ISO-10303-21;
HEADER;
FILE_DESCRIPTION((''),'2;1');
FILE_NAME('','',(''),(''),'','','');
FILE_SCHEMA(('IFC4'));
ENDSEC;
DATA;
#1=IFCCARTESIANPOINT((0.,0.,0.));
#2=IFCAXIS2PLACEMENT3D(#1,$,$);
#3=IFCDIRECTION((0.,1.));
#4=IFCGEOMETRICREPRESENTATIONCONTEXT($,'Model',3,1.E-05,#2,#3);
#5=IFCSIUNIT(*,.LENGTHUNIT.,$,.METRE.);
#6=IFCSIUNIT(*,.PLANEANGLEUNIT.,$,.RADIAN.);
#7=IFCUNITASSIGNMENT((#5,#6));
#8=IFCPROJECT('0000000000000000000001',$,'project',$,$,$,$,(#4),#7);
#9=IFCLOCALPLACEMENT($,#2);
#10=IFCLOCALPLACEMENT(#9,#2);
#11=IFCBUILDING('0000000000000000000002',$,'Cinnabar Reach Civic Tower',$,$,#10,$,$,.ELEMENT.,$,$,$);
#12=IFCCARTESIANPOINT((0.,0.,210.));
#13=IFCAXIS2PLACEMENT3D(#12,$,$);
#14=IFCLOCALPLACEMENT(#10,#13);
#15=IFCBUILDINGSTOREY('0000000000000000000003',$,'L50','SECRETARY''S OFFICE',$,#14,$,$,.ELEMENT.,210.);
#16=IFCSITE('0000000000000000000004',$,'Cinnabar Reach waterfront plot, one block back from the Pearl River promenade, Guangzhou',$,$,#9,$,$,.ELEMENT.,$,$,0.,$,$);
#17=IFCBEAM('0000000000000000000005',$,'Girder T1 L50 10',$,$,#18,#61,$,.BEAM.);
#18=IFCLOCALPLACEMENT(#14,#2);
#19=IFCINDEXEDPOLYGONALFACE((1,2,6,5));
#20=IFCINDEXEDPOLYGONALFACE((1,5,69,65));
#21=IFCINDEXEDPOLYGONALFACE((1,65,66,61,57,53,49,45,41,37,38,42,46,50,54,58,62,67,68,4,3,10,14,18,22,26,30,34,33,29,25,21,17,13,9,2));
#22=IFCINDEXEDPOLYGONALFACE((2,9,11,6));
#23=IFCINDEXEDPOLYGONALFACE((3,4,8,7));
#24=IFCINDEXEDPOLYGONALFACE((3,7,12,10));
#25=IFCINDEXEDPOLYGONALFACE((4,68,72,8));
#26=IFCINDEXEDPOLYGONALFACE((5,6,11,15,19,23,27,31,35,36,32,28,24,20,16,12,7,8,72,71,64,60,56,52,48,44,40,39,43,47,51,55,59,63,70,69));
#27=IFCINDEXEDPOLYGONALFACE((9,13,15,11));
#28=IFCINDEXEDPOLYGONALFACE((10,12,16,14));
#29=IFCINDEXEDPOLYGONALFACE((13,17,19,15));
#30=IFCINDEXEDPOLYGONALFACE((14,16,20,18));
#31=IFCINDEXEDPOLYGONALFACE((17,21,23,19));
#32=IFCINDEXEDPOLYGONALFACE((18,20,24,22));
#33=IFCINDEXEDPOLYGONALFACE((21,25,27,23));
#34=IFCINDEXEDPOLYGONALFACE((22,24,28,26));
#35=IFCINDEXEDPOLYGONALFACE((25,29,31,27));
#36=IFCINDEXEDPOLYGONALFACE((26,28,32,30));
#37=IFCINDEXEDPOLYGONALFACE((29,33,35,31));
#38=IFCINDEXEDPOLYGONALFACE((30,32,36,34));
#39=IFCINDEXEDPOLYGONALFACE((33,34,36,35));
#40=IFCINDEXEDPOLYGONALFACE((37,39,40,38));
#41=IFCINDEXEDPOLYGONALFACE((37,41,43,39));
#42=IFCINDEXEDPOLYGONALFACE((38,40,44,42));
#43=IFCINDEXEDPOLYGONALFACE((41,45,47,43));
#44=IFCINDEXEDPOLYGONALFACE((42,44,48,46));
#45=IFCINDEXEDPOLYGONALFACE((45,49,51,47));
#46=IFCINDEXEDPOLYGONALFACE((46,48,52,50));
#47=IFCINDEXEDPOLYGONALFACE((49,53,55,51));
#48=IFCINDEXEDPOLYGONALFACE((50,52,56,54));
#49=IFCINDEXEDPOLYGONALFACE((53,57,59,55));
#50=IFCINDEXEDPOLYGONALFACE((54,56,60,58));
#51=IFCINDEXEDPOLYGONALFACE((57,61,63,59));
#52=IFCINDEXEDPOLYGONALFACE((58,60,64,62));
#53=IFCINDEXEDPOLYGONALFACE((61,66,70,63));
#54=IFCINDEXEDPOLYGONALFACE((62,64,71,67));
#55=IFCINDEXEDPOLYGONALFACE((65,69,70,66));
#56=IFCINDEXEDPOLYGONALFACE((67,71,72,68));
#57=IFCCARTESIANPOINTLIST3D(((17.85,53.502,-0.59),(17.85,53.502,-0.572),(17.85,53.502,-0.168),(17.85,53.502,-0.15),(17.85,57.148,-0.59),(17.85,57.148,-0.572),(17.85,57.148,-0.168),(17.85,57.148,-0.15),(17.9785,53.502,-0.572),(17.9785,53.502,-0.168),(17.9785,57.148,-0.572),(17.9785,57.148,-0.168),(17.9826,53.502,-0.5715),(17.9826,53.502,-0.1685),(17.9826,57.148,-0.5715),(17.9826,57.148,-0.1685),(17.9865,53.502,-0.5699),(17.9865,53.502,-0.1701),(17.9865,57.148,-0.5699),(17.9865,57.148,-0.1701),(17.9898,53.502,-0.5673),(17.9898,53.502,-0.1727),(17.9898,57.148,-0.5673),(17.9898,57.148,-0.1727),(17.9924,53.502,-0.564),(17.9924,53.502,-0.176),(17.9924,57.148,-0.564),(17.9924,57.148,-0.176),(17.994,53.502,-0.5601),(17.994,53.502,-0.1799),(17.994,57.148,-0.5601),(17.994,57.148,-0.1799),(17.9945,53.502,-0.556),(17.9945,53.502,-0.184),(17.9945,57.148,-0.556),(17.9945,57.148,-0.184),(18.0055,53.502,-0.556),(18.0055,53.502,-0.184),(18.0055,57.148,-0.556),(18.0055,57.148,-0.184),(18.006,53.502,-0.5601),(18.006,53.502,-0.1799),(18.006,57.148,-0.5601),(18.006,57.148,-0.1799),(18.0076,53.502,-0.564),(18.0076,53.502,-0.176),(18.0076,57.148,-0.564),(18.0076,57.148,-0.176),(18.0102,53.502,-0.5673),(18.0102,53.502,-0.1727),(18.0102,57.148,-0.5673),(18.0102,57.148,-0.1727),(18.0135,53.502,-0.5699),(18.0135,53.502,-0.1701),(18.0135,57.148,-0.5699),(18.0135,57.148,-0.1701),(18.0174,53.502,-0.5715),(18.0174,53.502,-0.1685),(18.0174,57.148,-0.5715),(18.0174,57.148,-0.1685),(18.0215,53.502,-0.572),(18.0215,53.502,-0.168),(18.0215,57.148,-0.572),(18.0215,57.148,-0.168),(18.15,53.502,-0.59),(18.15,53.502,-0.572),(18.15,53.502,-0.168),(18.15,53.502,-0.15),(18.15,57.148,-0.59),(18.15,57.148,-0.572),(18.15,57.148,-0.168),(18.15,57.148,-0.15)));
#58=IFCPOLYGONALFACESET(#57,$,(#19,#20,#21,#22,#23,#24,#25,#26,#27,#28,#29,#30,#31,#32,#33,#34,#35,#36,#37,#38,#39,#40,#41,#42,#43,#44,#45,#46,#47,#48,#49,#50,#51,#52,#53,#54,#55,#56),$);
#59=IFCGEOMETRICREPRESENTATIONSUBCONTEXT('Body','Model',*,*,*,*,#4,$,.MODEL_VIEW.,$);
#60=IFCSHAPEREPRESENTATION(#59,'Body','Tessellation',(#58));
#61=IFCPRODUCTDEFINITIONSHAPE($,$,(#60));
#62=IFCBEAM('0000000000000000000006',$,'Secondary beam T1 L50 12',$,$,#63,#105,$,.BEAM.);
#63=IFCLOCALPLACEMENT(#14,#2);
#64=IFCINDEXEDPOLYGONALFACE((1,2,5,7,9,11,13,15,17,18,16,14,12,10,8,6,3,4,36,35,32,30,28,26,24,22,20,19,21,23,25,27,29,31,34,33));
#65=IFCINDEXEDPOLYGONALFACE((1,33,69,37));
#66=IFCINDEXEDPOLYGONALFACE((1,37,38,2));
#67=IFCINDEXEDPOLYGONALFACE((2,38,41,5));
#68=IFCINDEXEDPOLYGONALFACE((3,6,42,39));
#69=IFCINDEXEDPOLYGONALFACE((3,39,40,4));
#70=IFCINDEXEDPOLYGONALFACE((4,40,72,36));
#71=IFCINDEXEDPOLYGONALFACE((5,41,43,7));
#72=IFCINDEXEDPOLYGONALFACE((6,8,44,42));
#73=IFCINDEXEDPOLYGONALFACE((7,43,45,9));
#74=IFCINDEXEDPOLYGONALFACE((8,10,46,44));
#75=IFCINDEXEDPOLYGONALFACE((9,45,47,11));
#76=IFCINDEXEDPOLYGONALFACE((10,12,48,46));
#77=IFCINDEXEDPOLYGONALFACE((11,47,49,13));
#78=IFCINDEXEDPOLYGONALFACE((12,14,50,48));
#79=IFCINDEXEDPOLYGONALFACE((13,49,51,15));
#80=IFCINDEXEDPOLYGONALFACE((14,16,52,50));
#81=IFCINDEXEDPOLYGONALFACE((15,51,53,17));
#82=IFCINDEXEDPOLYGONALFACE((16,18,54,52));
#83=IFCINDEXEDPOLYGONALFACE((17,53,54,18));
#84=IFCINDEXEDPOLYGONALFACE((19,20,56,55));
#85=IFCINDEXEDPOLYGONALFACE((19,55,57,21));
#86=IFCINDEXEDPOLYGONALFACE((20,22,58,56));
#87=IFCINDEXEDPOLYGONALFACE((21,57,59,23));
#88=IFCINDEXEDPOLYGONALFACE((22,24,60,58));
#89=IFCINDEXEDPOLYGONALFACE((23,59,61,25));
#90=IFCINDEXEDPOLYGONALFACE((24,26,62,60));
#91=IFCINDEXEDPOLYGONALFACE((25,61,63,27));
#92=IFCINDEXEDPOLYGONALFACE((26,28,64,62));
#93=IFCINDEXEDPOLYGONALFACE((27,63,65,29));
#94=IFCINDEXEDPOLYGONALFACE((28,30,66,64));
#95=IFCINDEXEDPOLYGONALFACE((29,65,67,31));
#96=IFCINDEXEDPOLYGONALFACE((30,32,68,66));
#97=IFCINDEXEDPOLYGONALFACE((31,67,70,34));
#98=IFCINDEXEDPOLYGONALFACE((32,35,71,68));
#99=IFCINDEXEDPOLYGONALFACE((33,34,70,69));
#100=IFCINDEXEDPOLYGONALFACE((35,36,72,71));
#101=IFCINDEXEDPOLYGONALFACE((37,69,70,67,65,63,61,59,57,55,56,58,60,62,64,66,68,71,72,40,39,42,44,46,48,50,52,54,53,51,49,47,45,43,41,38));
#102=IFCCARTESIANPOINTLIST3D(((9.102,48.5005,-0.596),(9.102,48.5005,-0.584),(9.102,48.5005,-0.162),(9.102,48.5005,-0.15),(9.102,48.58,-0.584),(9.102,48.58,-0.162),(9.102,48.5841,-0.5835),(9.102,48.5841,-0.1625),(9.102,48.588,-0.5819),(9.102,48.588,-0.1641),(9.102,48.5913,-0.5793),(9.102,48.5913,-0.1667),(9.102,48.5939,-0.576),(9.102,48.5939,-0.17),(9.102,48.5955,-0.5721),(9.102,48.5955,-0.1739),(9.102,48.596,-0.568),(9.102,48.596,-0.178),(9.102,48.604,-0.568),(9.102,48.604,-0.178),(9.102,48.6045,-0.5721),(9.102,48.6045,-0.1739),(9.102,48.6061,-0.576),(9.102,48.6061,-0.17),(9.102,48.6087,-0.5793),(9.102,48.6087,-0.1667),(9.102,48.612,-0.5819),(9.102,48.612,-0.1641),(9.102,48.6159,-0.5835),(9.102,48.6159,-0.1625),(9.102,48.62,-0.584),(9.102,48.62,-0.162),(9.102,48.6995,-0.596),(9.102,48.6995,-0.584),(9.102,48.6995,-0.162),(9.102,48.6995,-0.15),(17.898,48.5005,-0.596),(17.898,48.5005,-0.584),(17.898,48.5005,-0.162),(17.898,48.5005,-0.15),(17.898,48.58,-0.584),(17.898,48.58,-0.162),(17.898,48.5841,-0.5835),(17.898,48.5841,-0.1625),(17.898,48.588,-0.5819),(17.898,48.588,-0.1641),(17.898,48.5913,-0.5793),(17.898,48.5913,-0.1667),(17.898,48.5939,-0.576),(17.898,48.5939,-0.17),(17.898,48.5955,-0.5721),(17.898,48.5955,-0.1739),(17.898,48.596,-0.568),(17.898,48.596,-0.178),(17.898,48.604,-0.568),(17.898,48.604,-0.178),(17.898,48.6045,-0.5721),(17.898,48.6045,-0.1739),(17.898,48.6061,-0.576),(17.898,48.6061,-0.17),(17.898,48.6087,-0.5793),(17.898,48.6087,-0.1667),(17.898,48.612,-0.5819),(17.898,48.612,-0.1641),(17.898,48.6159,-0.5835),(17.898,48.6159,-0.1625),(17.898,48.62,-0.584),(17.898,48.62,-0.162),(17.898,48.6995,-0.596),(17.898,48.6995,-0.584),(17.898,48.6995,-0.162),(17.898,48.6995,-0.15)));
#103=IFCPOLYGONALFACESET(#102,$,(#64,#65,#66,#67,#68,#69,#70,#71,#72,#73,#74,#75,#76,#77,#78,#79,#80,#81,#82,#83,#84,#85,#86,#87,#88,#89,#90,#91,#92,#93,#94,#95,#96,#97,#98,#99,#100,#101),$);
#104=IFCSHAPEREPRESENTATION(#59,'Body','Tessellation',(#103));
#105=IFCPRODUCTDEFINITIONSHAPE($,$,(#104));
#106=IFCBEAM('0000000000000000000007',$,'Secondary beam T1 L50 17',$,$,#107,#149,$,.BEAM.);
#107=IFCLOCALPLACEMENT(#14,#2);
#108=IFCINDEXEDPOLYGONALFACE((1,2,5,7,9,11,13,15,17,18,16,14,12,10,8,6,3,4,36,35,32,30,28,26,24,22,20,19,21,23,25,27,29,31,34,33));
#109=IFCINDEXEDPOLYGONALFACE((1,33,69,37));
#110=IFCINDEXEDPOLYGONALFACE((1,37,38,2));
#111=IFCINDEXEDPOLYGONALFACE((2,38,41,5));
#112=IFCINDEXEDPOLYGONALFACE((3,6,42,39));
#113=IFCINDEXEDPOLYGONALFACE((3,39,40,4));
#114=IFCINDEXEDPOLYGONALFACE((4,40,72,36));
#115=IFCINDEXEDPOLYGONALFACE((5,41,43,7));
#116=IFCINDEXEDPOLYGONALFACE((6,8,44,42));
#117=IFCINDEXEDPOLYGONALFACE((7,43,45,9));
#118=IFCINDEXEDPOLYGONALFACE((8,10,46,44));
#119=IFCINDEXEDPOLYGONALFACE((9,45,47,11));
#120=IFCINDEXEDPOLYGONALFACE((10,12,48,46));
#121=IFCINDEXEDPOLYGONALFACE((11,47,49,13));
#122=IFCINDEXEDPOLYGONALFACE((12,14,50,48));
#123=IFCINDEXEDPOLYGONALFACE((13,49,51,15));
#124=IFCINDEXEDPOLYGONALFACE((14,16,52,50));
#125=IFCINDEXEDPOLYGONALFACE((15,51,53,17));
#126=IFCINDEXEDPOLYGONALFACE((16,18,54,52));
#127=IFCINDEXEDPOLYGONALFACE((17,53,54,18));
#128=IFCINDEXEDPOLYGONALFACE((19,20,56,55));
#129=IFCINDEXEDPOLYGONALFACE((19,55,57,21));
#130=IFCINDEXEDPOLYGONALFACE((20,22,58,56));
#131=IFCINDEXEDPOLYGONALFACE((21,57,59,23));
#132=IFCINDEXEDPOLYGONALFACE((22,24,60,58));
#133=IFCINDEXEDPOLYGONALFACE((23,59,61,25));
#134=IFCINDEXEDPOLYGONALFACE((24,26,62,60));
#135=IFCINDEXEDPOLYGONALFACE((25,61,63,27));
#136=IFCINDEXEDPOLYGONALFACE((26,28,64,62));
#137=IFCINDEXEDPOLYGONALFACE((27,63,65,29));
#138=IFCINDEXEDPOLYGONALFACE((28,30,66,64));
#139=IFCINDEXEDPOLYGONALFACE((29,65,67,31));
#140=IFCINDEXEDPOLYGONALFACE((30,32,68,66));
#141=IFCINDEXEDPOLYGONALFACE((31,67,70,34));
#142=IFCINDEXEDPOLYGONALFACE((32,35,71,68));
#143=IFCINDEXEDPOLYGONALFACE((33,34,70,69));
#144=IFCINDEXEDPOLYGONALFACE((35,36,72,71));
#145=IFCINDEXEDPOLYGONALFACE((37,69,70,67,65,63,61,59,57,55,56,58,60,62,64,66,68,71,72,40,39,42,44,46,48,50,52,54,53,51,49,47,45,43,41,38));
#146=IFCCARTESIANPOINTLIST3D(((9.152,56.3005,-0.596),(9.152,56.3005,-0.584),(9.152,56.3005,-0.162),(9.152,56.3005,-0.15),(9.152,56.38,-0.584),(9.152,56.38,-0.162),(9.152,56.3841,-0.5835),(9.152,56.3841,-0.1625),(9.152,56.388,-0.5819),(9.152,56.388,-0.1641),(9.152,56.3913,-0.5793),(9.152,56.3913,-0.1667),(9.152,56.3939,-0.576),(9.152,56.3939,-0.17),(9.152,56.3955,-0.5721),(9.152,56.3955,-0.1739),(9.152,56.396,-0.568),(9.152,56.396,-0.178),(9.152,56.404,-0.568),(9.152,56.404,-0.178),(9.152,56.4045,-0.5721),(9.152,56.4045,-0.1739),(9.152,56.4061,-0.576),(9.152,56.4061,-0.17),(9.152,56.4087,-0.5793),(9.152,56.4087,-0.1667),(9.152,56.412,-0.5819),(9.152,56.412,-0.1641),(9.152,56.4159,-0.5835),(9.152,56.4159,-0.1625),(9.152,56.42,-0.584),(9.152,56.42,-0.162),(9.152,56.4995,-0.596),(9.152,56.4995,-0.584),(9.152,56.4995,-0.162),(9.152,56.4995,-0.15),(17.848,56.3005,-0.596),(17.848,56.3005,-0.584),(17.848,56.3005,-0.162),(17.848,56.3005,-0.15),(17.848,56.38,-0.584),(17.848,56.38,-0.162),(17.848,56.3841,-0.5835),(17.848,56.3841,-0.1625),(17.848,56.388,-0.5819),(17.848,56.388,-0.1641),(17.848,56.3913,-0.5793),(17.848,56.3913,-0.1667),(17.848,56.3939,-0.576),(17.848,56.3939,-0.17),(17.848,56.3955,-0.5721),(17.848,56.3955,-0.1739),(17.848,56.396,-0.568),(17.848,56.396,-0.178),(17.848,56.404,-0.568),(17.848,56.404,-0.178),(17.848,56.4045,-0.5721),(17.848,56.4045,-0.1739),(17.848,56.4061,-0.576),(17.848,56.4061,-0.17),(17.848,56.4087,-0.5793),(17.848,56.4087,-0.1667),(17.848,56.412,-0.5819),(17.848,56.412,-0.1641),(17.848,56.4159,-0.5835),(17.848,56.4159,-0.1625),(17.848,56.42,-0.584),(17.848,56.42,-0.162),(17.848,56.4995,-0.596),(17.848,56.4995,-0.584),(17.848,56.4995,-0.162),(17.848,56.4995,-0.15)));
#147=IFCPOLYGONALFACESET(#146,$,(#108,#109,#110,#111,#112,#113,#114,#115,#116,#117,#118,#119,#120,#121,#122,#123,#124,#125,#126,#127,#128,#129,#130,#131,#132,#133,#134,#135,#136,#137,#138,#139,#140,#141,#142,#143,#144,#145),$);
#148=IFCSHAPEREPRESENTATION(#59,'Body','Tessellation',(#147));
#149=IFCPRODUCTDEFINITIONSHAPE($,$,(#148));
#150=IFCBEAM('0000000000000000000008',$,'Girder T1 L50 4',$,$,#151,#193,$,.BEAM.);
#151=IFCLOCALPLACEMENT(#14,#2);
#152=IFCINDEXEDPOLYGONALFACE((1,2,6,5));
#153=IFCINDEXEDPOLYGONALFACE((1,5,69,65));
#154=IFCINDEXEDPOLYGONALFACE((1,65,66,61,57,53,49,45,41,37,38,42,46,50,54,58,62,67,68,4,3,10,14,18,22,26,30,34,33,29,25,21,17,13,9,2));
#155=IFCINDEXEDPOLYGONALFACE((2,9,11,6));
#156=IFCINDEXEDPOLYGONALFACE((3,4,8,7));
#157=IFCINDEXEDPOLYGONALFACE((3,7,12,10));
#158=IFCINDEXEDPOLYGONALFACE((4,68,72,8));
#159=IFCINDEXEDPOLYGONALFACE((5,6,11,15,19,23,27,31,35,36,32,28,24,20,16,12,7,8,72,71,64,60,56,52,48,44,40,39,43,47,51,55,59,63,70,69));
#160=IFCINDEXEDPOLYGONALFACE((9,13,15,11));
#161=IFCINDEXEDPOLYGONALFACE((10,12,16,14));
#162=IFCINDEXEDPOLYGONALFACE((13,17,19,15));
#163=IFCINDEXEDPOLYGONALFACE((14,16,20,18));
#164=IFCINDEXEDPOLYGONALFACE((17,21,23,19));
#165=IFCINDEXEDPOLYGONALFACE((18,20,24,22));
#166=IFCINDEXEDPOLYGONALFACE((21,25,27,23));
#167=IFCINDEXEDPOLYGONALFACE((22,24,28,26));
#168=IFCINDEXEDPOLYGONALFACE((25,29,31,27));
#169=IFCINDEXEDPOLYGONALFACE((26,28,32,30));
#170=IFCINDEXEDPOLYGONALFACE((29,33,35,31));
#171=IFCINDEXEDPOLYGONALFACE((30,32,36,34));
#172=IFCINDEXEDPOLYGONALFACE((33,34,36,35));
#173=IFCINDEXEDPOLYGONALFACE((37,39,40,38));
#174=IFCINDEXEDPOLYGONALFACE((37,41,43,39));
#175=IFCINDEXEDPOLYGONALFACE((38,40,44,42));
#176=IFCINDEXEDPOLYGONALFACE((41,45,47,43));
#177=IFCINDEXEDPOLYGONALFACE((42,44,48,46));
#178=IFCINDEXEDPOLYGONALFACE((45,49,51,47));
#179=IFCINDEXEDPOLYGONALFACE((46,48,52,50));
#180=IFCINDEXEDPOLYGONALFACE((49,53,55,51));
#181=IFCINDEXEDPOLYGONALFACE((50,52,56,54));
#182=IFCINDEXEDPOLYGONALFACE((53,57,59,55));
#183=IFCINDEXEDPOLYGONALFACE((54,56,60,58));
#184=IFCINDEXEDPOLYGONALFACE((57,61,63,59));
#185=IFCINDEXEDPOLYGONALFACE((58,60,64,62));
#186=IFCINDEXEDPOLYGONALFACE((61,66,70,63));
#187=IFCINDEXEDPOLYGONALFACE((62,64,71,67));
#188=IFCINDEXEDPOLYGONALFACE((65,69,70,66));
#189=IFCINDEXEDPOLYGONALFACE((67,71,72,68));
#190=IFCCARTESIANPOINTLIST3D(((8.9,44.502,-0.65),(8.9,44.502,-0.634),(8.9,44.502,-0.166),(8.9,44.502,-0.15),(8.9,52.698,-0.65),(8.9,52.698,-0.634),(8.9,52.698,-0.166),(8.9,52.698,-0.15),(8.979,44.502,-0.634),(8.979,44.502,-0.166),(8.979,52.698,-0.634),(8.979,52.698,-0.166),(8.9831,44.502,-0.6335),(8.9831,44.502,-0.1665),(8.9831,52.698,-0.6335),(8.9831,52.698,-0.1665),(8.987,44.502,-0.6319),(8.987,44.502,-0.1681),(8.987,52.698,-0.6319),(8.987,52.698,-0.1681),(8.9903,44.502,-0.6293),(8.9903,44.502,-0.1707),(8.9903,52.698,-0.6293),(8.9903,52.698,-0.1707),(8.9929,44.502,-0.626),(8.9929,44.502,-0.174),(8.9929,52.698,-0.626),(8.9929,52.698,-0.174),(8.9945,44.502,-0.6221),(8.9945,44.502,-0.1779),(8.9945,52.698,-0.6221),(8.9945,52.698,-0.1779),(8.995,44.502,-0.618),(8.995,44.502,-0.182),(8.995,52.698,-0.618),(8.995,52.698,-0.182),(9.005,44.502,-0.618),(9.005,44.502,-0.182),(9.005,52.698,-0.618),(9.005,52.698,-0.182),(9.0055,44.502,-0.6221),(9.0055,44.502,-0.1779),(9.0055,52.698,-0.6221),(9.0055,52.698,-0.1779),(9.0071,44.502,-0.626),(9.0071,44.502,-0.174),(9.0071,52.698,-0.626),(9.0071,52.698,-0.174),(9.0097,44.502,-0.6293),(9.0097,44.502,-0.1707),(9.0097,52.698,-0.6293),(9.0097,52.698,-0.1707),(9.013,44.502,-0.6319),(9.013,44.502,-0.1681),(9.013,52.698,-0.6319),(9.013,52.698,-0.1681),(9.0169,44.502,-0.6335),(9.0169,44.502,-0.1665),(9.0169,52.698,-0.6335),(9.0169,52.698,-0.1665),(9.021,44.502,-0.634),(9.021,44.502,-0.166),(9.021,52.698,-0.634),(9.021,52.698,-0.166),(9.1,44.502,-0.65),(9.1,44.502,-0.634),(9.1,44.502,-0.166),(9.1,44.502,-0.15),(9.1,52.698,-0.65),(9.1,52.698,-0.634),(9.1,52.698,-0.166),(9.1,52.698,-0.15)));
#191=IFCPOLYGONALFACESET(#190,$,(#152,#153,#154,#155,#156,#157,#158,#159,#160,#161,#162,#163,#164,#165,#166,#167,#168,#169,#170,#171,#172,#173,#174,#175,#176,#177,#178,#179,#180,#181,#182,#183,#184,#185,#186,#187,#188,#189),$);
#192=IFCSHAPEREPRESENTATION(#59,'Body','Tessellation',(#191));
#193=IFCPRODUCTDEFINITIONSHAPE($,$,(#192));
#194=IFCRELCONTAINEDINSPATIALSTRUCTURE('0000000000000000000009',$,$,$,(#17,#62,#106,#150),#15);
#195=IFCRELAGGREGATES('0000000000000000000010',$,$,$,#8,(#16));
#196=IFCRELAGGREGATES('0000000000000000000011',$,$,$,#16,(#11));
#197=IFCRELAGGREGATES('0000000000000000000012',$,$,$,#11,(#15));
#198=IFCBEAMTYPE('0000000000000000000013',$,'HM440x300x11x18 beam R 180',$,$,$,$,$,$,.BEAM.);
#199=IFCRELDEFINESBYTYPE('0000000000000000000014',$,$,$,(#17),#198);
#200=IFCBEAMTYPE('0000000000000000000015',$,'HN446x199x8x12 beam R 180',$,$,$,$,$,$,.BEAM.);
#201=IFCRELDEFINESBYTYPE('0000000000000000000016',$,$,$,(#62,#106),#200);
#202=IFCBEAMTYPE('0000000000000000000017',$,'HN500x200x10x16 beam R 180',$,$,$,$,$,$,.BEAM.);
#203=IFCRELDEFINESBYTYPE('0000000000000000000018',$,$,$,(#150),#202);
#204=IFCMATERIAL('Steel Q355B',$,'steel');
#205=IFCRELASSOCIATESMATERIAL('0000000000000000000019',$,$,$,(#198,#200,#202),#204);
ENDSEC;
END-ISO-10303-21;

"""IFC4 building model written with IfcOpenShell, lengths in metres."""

from ifc_helpers import new_model, si_unit, direction, frame, origin, origin_2d, place, context, subcontext, project, spatial, i_section, extrude, material, material_profile, profile_set, type_object, element, save


model = new_model("IFC4")

# Units and contexts
model_context = context("Model", 3, precision=1e-05, world=origin(), true_north=direction((0.0, 1.0)))
body_context = subcontext(model_context, "Body", "Model", "MODEL_VIEW")
ifc_project = project(units=[si_unit("LENGTHUNIT", "METRE"), si_unit("PLANEANGLEUNIT", "RADIAN")], contexts=[model_context])

# Site, building, storey
site_placement = place(None, origin())
site = spatial("IfcSite", under=ifc_project, at=site_placement, Name="Cinnabar Reach waterfront plot, one block back from the Pearl River promenade, Guangzhou", CompositionType="ELEMENT", RefElevation=0.0)
building_placement = place(site_placement, origin())
building = spatial("IfcBuilding", under=site, at=building_placement, Name="Cinnabar Reach Civic Tower", CompositionType="ELEMENT")
storey_placement = place(building_placement, frame((0.0, 0.0, 210.0)))
storey = spatial("IfcBuildingStorey", under=building, at=storey_placement, Name="L50", Description="SECRETARY'S OFFICE", CompositionType="ELEMENT", Elevation=210.0)

# Beams
ifc_material_1 = material(Name="Steel Q355B", Category="steel")
ifc_material_profile_1 = material_profile(ifc_material_1, i_section(OverallWidth=0.3, OverallDepth=0.44, WebThickness=0.011, FlangeThickness=0.018, FilletRadius=0.016, at=origin_2d()), Name="HM440x300x11x18")
ifc_profile_set_1 = profile_set([ifc_material_profile_1], Name="Steel Q355B")
beam_type_1 = type_object("IfcBeamType", Name="HM440x300x11x18 beam R 180", PredefinedType="BEAM", material=ifc_profile_set_1)
for number, where, z_axis, x_axis, name in (
    (1, (18.0, 53.502, -0.37), (0.0, 1.0, 0.0), (-1.0, 0.0, 0.0), "Girder T1 L50 10"),
):
    element("IfcBeam", number, at=place(storey_placement, frame(where, z_axis=z_axis, x_axis=x_axis)), inside=storey, type_object=beam_type_1, Name=name, PredefinedType="BEAM", context=body_context, shape_type="SweptSolid", body=[
        extrude(i_section(OverallWidth=0.3, OverallDepth=0.44, WebThickness=0.011, FlangeThickness=0.018, FilletRadius=0.016, at=origin_2d()), origin(), (0.0, 0.0, 1.0), 3.646),
    ])
ifc_material_profile_2 = material_profile(ifc_material_1, i_section(OverallWidth=0.199, OverallDepth=0.446, WebThickness=0.008, FlangeThickness=0.012, FilletRadius=0.016, at=origin_2d()), Name="HN446x199x8x12")
ifc_profile_set_2 = profile_set([ifc_material_profile_2], Name="Steel Q355B")
beam_type_2 = type_object("IfcBeamType", Name="HN446x199x8x12 beam R 180", PredefinedType="BEAM", material=ifc_profile_set_2)
beam_1_placement = place(storey_placement, frame((9.102, 48.6, -0.373), z_axis=(1.0, 0.0, 0.0), x_axis=(0.0, 1.0, 0.0)))
element("IfcBeam", 2, at=beam_1_placement, inside=storey, type_object=beam_type_2, Name="Secondary beam T1 L50 12", PredefinedType="BEAM", context=body_context, shape_type="SweptSolid", body=[
    extrude(i_section(OverallWidth=0.199, OverallDepth=0.446, WebThickness=0.008, FlangeThickness=0.012, FilletRadius=0.016, at=origin_2d()), origin(), (0.0, 0.0, 1.0), 8.796),
])
beam_2_placement = place(storey_placement, frame((9.152, 56.4, -0.373), z_axis=(1.0, 0.0, 0.0), x_axis=(0.0, 1.0, 0.0)))
element("IfcBeam", 3, at=beam_2_placement, inside=storey, type_object=beam_type_2, Name="Secondary beam T1 L50 17", PredefinedType="BEAM", context=body_context, shape_type="SweptSolid", body=[
    extrude(i_section(OverallWidth=0.199, OverallDepth=0.446, WebThickness=0.008, FlangeThickness=0.012, FilletRadius=0.016, at=origin_2d()), origin(), (0.0, 0.0, 1.0), 8.696),
])
ifc_material_profile_3 = material_profile(ifc_material_1, i_section(OverallWidth=0.2, OverallDepth=0.5, WebThickness=0.01, FlangeThickness=0.016, FilletRadius=0.016, at=origin_2d()), Name="HN500x200x10x16")
ifc_profile_set_3 = profile_set([ifc_material_profile_3], Name="Steel Q355B")
beam_type_3 = type_object("IfcBeamType", Name="HN500x200x10x16 beam R 180", PredefinedType="BEAM", material=ifc_profile_set_3)
for number, where, z_axis, x_axis, name in (
    (4, (9.0, 44.502, -0.4), (0.0, 1.0, 0.0), (-1.0, 0.0, 0.0), "Girder T1 L50 4"),
):
    element("IfcBeam", number, at=place(storey_placement, frame(where, z_axis=z_axis, x_axis=x_axis)), inside=storey, type_object=beam_type_3, Name=name, PredefinedType="BEAM", context=body_context, shape_type="SweptSolid", body=[
        extrude(i_section(OverallWidth=0.2, OverallDepth=0.5, WebThickness=0.01, FlangeThickness=0.016, FilletRadius=0.016, at=origin_2d()), origin(), (0.0, 0.0, 1.0), 8.196),
    ])

save(model, "model.ifc")
